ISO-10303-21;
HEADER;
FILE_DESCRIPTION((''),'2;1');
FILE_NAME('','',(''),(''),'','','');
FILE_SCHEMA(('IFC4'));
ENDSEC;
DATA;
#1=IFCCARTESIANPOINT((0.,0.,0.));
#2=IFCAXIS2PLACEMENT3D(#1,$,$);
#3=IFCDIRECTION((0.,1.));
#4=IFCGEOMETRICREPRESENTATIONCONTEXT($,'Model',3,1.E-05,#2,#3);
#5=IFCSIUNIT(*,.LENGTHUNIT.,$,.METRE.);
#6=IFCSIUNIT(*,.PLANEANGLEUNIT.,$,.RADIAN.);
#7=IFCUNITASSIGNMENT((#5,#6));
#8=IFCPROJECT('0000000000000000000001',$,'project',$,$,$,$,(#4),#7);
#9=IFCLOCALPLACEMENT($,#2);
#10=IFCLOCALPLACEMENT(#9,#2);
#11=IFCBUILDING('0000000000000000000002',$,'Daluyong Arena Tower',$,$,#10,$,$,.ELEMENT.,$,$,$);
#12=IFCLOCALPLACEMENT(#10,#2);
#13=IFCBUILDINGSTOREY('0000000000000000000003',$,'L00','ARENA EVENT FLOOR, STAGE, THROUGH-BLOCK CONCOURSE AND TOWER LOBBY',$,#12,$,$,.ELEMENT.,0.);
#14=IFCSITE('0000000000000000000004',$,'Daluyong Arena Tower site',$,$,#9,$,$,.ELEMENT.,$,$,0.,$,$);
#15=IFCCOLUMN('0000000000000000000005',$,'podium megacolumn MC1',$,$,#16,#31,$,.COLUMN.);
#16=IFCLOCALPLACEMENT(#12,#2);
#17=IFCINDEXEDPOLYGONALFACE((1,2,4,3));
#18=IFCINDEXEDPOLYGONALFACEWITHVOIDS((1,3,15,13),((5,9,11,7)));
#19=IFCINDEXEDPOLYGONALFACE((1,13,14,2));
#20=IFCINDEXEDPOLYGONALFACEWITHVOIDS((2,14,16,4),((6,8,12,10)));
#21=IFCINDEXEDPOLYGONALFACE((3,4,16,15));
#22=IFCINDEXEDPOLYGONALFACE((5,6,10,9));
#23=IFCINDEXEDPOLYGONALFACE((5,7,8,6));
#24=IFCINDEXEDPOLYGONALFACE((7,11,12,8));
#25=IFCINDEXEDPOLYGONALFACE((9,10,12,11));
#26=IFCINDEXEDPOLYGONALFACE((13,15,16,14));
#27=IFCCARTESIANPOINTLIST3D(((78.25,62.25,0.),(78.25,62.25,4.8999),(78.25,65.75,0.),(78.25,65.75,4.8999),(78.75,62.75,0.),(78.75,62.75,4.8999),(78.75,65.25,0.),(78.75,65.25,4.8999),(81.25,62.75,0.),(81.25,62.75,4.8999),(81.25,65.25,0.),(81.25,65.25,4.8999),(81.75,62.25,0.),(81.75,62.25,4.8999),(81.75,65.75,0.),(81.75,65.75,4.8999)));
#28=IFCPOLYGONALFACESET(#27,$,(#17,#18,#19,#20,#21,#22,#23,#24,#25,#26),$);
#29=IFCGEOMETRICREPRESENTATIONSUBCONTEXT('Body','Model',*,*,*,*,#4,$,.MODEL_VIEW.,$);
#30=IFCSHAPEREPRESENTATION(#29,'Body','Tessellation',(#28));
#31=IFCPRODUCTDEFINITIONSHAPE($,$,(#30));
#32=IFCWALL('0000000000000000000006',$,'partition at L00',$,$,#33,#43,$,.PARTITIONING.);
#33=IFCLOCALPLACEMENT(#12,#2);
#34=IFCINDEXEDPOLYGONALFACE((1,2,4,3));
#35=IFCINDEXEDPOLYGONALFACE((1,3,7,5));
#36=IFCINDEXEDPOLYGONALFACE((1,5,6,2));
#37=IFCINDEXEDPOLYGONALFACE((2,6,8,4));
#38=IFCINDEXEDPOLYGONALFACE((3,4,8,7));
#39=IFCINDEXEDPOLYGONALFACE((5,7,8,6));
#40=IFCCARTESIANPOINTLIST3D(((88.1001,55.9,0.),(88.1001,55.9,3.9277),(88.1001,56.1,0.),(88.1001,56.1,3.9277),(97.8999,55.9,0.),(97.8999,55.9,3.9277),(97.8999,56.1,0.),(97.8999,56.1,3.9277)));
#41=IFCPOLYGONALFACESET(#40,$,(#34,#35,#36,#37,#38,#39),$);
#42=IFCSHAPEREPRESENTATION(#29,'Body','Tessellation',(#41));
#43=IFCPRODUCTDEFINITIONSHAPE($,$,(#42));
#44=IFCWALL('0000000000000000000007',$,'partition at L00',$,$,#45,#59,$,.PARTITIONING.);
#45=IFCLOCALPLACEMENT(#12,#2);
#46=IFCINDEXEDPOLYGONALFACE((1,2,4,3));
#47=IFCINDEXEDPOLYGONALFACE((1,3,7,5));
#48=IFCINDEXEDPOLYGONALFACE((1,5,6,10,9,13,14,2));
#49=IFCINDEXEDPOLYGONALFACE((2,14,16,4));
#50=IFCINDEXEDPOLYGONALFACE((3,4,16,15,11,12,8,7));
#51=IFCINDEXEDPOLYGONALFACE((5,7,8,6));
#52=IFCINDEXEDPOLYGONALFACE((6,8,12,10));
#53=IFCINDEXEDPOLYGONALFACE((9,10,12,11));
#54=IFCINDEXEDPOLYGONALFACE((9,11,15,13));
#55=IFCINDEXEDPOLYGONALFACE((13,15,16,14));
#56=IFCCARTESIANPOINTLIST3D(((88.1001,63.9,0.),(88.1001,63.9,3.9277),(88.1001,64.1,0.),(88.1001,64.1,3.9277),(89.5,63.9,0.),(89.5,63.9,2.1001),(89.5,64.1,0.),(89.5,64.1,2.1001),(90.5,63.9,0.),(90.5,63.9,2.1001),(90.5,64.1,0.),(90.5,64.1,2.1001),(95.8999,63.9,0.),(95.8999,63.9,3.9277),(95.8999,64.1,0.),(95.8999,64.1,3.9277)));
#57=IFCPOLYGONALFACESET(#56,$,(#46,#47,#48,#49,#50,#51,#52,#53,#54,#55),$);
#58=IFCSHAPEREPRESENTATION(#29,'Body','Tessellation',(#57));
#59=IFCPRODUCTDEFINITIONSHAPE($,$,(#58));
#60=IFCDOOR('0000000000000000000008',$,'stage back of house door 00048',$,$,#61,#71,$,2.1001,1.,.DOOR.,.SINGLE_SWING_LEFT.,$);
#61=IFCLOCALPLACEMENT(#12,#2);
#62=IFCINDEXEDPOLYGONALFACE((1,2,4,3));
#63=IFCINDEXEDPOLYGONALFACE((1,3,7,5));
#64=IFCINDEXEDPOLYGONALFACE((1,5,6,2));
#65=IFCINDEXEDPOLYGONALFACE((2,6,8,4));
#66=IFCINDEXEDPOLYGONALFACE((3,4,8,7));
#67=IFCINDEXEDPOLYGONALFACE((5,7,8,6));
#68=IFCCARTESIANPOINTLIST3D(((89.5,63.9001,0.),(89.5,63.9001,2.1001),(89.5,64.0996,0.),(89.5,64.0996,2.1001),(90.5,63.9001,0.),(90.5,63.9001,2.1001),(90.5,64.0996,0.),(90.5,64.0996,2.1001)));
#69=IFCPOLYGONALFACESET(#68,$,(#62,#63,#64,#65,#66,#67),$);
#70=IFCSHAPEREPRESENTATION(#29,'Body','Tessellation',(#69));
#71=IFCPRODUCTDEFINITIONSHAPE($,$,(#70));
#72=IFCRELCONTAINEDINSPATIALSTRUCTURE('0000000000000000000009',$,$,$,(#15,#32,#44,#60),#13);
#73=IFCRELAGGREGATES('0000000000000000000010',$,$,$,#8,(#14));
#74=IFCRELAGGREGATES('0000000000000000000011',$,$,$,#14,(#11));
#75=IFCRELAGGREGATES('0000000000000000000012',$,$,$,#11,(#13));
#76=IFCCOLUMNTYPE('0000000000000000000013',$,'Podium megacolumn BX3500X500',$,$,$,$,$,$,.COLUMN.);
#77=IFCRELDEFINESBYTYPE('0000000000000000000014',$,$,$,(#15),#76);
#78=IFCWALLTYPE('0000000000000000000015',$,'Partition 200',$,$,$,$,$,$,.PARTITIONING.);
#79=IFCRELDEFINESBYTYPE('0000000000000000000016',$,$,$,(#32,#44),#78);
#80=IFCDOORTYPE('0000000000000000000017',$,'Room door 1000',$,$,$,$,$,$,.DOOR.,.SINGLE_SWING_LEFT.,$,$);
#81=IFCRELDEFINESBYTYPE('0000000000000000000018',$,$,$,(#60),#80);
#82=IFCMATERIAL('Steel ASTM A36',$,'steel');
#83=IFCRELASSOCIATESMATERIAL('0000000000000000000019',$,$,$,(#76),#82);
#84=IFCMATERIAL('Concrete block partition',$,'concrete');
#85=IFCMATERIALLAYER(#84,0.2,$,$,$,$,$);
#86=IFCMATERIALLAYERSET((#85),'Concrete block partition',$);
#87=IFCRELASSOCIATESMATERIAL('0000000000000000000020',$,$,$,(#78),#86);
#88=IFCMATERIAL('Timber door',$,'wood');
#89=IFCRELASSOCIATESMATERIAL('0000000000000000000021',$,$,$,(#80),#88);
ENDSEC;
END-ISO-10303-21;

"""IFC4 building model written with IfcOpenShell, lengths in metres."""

from ifc_helpers import new_model, si_unit, direction, frame, frame_2d, origin, origin_2d, place, context, subcontext, project, spatial, rectangle, hollow_rectangle, extrude, material, layer, layer_set, material_profile, profile_set, type_object, element, fill, save


model = new_model("IFC4")

# Units and contexts
model_context = context("Model", 3, precision=1e-05, world=origin(), true_north=direction((0.0, 1.0)))
body_context = subcontext(model_context, "Body", "Model", "MODEL_VIEW")
ifc_project = project(units=[si_unit("LENGTHUNIT", "METRE"), si_unit("PLANEANGLEUNIT", "RADIAN")], contexts=[model_context])

# Site, building, storey
site_placement = place(None, origin())
site = spatial("IfcSite", under=ifc_project, at=site_placement, Name="Daluyong Arena Tower site", CompositionType="ELEMENT", RefElevation=0.0)
building_placement = place(site_placement, origin())
building = spatial("IfcBuilding", under=site, at=building_placement, Name="Daluyong Arena Tower", CompositionType="ELEMENT")
storey_placement = place(building_placement, origin())
storey = spatial("IfcBuildingStorey", under=building, at=storey_placement, Name="L00", Description="ARENA EVENT FLOOR, STAGE, THROUGH-BLOCK CONCOURSE AND TOWER LOBBY", CompositionType="ELEMENT", Elevation=0.0)

# Column
ifc_material_1 = material(Name="Steel ASTM A36", Category="steel")
ifc_material_profile_1 = material_profile(ifc_material_1, hollow_rectangle(XDim=3.5, YDim=3.5, WallThickness=0.5, at=origin_2d()))
ifc_profile_set_1 = profile_set([ifc_material_profile_1], Name="Steel ASTM A36")
column_type_1 = type_object("IfcColumnType", Name="Podium megacolumn BX3500X500", PredefinedType="COLUMN", material=ifc_profile_set_1)
column_placement = place(storey_placement, frame((80.0, 64.0, 0.0), z_axis=(0.0, 0.0, 1.0), x_axis=(1.0, 0.0, 0.0)))
element("IfcColumn", 1, at=column_placement, inside=storey, type_object=column_type_1, Name="podium megacolumn MC1", PredefinedType="COLUMN", context=body_context, shape_type="SweptSolid", body=[
    extrude(hollow_rectangle(XDim=3.5, YDim=3.5, WallThickness=0.5, at=origin_2d()), origin(), (0.0, 0.0, 1.0), 4.8999),
])

# Wall
ifc_material_2 = material(Name="Concrete block partition", Category="concrete")
ifc_layer_1 = layer(ifc_material_2, 0.2)
ifc_layer_set_1 = layer_set([ifc_layer_1], Name="Concrete block partition")
wall_type = type_object("IfcWallType", Name="Partition 200", PredefinedType="PARTITIONING", material=ifc_layer_set_1)
wall_1_placement = place(storey_placement, frame((88.1001, 56.0, 0.0), z_axis=(0.0, 0.0, 1.0), x_axis=(1.0, 0.0, 0.0)))
element("IfcWall", 2, at=wall_1_placement, inside=storey, type_object=wall_type, Name="partition at L00", PredefinedType="PARTITIONING", context=body_context, shape_type="SweptSolid", body=[
    extrude(rectangle(XDim=9.7998, YDim=0.2, at=frame_2d((4.8999, 0.0))), origin(), (0.0, 0.0, 1.0), 3.9277),
])

# Wall, opening, door
wall_2_placement = place(storey_placement, frame((88.1001, 64.0, 0.0), z_axis=(0.0, 0.0, 1.0), x_axis=(1.0, 0.0, 0.0)))
wall_2 = element("IfcWall", 3, at=wall_2_placement, inside=storey, type_object=wall_type, Name="partition at L00", PredefinedType="PARTITIONING", context=body_context, shape_type="SweptSolid", body=[
    extrude(rectangle(XDim=7.7998, YDim=0.2, at=frame_2d((3.8999, 0.0))), origin(), (0.0, 0.0, 1.0), 3.9277),
])
opening_placement = place(wall_2_placement, frame((1.3999, 0.0, 0.0)))
opening = element("IfcOpeningElement", 4, at=opening_placement, cuts=wall_2, PredefinedType="OPENING", context=body_context, shape_type="SweptSolid", body=[
    extrude(rectangle(XDim=1.0, YDim=2.1001, at=frame_2d((0.5, 1.05))), frame((0.0, 0.1099, 0.0), z_axis=(0.0, -1.0, 0.0), x_axis=(1.0, 0.0, 0.0)), (0.0, 0.0, 1.0), 0.22),
])
ifc_material_3 = material(Name="Timber door", Category="wood")
door_type = type_object("IfcDoorType", Name="Room door 1000", OperationType="SINGLE_SWING_LEFT", PredefinedType="DOOR", material=ifc_material_3)
door_placement = place(opening_placement, origin())
door = element("IfcDoor", 5, at=door_placement, inside=storey, type_object=door_type, Name="stage back of house door 00048", OperationType="SINGLE_SWING_LEFT", OverallHeight=2.1001, OverallWidth=1.0, PredefinedType="DOOR", context=body_context, shape_type="SweptSolid", body=[
    extrude(rectangle(XDim=1.0, YDim=2.1001, at=frame_2d((0.5, 1.05))), frame((0.0, 0.0996, 0.0), z_axis=(0.0, -1.0, 0.0), x_axis=(1.0, 0.0, 0.0)), (0.0, 0.0, 1.0), 0.1995),
])
fill(opening, door)

save(model, "model.ifc")
